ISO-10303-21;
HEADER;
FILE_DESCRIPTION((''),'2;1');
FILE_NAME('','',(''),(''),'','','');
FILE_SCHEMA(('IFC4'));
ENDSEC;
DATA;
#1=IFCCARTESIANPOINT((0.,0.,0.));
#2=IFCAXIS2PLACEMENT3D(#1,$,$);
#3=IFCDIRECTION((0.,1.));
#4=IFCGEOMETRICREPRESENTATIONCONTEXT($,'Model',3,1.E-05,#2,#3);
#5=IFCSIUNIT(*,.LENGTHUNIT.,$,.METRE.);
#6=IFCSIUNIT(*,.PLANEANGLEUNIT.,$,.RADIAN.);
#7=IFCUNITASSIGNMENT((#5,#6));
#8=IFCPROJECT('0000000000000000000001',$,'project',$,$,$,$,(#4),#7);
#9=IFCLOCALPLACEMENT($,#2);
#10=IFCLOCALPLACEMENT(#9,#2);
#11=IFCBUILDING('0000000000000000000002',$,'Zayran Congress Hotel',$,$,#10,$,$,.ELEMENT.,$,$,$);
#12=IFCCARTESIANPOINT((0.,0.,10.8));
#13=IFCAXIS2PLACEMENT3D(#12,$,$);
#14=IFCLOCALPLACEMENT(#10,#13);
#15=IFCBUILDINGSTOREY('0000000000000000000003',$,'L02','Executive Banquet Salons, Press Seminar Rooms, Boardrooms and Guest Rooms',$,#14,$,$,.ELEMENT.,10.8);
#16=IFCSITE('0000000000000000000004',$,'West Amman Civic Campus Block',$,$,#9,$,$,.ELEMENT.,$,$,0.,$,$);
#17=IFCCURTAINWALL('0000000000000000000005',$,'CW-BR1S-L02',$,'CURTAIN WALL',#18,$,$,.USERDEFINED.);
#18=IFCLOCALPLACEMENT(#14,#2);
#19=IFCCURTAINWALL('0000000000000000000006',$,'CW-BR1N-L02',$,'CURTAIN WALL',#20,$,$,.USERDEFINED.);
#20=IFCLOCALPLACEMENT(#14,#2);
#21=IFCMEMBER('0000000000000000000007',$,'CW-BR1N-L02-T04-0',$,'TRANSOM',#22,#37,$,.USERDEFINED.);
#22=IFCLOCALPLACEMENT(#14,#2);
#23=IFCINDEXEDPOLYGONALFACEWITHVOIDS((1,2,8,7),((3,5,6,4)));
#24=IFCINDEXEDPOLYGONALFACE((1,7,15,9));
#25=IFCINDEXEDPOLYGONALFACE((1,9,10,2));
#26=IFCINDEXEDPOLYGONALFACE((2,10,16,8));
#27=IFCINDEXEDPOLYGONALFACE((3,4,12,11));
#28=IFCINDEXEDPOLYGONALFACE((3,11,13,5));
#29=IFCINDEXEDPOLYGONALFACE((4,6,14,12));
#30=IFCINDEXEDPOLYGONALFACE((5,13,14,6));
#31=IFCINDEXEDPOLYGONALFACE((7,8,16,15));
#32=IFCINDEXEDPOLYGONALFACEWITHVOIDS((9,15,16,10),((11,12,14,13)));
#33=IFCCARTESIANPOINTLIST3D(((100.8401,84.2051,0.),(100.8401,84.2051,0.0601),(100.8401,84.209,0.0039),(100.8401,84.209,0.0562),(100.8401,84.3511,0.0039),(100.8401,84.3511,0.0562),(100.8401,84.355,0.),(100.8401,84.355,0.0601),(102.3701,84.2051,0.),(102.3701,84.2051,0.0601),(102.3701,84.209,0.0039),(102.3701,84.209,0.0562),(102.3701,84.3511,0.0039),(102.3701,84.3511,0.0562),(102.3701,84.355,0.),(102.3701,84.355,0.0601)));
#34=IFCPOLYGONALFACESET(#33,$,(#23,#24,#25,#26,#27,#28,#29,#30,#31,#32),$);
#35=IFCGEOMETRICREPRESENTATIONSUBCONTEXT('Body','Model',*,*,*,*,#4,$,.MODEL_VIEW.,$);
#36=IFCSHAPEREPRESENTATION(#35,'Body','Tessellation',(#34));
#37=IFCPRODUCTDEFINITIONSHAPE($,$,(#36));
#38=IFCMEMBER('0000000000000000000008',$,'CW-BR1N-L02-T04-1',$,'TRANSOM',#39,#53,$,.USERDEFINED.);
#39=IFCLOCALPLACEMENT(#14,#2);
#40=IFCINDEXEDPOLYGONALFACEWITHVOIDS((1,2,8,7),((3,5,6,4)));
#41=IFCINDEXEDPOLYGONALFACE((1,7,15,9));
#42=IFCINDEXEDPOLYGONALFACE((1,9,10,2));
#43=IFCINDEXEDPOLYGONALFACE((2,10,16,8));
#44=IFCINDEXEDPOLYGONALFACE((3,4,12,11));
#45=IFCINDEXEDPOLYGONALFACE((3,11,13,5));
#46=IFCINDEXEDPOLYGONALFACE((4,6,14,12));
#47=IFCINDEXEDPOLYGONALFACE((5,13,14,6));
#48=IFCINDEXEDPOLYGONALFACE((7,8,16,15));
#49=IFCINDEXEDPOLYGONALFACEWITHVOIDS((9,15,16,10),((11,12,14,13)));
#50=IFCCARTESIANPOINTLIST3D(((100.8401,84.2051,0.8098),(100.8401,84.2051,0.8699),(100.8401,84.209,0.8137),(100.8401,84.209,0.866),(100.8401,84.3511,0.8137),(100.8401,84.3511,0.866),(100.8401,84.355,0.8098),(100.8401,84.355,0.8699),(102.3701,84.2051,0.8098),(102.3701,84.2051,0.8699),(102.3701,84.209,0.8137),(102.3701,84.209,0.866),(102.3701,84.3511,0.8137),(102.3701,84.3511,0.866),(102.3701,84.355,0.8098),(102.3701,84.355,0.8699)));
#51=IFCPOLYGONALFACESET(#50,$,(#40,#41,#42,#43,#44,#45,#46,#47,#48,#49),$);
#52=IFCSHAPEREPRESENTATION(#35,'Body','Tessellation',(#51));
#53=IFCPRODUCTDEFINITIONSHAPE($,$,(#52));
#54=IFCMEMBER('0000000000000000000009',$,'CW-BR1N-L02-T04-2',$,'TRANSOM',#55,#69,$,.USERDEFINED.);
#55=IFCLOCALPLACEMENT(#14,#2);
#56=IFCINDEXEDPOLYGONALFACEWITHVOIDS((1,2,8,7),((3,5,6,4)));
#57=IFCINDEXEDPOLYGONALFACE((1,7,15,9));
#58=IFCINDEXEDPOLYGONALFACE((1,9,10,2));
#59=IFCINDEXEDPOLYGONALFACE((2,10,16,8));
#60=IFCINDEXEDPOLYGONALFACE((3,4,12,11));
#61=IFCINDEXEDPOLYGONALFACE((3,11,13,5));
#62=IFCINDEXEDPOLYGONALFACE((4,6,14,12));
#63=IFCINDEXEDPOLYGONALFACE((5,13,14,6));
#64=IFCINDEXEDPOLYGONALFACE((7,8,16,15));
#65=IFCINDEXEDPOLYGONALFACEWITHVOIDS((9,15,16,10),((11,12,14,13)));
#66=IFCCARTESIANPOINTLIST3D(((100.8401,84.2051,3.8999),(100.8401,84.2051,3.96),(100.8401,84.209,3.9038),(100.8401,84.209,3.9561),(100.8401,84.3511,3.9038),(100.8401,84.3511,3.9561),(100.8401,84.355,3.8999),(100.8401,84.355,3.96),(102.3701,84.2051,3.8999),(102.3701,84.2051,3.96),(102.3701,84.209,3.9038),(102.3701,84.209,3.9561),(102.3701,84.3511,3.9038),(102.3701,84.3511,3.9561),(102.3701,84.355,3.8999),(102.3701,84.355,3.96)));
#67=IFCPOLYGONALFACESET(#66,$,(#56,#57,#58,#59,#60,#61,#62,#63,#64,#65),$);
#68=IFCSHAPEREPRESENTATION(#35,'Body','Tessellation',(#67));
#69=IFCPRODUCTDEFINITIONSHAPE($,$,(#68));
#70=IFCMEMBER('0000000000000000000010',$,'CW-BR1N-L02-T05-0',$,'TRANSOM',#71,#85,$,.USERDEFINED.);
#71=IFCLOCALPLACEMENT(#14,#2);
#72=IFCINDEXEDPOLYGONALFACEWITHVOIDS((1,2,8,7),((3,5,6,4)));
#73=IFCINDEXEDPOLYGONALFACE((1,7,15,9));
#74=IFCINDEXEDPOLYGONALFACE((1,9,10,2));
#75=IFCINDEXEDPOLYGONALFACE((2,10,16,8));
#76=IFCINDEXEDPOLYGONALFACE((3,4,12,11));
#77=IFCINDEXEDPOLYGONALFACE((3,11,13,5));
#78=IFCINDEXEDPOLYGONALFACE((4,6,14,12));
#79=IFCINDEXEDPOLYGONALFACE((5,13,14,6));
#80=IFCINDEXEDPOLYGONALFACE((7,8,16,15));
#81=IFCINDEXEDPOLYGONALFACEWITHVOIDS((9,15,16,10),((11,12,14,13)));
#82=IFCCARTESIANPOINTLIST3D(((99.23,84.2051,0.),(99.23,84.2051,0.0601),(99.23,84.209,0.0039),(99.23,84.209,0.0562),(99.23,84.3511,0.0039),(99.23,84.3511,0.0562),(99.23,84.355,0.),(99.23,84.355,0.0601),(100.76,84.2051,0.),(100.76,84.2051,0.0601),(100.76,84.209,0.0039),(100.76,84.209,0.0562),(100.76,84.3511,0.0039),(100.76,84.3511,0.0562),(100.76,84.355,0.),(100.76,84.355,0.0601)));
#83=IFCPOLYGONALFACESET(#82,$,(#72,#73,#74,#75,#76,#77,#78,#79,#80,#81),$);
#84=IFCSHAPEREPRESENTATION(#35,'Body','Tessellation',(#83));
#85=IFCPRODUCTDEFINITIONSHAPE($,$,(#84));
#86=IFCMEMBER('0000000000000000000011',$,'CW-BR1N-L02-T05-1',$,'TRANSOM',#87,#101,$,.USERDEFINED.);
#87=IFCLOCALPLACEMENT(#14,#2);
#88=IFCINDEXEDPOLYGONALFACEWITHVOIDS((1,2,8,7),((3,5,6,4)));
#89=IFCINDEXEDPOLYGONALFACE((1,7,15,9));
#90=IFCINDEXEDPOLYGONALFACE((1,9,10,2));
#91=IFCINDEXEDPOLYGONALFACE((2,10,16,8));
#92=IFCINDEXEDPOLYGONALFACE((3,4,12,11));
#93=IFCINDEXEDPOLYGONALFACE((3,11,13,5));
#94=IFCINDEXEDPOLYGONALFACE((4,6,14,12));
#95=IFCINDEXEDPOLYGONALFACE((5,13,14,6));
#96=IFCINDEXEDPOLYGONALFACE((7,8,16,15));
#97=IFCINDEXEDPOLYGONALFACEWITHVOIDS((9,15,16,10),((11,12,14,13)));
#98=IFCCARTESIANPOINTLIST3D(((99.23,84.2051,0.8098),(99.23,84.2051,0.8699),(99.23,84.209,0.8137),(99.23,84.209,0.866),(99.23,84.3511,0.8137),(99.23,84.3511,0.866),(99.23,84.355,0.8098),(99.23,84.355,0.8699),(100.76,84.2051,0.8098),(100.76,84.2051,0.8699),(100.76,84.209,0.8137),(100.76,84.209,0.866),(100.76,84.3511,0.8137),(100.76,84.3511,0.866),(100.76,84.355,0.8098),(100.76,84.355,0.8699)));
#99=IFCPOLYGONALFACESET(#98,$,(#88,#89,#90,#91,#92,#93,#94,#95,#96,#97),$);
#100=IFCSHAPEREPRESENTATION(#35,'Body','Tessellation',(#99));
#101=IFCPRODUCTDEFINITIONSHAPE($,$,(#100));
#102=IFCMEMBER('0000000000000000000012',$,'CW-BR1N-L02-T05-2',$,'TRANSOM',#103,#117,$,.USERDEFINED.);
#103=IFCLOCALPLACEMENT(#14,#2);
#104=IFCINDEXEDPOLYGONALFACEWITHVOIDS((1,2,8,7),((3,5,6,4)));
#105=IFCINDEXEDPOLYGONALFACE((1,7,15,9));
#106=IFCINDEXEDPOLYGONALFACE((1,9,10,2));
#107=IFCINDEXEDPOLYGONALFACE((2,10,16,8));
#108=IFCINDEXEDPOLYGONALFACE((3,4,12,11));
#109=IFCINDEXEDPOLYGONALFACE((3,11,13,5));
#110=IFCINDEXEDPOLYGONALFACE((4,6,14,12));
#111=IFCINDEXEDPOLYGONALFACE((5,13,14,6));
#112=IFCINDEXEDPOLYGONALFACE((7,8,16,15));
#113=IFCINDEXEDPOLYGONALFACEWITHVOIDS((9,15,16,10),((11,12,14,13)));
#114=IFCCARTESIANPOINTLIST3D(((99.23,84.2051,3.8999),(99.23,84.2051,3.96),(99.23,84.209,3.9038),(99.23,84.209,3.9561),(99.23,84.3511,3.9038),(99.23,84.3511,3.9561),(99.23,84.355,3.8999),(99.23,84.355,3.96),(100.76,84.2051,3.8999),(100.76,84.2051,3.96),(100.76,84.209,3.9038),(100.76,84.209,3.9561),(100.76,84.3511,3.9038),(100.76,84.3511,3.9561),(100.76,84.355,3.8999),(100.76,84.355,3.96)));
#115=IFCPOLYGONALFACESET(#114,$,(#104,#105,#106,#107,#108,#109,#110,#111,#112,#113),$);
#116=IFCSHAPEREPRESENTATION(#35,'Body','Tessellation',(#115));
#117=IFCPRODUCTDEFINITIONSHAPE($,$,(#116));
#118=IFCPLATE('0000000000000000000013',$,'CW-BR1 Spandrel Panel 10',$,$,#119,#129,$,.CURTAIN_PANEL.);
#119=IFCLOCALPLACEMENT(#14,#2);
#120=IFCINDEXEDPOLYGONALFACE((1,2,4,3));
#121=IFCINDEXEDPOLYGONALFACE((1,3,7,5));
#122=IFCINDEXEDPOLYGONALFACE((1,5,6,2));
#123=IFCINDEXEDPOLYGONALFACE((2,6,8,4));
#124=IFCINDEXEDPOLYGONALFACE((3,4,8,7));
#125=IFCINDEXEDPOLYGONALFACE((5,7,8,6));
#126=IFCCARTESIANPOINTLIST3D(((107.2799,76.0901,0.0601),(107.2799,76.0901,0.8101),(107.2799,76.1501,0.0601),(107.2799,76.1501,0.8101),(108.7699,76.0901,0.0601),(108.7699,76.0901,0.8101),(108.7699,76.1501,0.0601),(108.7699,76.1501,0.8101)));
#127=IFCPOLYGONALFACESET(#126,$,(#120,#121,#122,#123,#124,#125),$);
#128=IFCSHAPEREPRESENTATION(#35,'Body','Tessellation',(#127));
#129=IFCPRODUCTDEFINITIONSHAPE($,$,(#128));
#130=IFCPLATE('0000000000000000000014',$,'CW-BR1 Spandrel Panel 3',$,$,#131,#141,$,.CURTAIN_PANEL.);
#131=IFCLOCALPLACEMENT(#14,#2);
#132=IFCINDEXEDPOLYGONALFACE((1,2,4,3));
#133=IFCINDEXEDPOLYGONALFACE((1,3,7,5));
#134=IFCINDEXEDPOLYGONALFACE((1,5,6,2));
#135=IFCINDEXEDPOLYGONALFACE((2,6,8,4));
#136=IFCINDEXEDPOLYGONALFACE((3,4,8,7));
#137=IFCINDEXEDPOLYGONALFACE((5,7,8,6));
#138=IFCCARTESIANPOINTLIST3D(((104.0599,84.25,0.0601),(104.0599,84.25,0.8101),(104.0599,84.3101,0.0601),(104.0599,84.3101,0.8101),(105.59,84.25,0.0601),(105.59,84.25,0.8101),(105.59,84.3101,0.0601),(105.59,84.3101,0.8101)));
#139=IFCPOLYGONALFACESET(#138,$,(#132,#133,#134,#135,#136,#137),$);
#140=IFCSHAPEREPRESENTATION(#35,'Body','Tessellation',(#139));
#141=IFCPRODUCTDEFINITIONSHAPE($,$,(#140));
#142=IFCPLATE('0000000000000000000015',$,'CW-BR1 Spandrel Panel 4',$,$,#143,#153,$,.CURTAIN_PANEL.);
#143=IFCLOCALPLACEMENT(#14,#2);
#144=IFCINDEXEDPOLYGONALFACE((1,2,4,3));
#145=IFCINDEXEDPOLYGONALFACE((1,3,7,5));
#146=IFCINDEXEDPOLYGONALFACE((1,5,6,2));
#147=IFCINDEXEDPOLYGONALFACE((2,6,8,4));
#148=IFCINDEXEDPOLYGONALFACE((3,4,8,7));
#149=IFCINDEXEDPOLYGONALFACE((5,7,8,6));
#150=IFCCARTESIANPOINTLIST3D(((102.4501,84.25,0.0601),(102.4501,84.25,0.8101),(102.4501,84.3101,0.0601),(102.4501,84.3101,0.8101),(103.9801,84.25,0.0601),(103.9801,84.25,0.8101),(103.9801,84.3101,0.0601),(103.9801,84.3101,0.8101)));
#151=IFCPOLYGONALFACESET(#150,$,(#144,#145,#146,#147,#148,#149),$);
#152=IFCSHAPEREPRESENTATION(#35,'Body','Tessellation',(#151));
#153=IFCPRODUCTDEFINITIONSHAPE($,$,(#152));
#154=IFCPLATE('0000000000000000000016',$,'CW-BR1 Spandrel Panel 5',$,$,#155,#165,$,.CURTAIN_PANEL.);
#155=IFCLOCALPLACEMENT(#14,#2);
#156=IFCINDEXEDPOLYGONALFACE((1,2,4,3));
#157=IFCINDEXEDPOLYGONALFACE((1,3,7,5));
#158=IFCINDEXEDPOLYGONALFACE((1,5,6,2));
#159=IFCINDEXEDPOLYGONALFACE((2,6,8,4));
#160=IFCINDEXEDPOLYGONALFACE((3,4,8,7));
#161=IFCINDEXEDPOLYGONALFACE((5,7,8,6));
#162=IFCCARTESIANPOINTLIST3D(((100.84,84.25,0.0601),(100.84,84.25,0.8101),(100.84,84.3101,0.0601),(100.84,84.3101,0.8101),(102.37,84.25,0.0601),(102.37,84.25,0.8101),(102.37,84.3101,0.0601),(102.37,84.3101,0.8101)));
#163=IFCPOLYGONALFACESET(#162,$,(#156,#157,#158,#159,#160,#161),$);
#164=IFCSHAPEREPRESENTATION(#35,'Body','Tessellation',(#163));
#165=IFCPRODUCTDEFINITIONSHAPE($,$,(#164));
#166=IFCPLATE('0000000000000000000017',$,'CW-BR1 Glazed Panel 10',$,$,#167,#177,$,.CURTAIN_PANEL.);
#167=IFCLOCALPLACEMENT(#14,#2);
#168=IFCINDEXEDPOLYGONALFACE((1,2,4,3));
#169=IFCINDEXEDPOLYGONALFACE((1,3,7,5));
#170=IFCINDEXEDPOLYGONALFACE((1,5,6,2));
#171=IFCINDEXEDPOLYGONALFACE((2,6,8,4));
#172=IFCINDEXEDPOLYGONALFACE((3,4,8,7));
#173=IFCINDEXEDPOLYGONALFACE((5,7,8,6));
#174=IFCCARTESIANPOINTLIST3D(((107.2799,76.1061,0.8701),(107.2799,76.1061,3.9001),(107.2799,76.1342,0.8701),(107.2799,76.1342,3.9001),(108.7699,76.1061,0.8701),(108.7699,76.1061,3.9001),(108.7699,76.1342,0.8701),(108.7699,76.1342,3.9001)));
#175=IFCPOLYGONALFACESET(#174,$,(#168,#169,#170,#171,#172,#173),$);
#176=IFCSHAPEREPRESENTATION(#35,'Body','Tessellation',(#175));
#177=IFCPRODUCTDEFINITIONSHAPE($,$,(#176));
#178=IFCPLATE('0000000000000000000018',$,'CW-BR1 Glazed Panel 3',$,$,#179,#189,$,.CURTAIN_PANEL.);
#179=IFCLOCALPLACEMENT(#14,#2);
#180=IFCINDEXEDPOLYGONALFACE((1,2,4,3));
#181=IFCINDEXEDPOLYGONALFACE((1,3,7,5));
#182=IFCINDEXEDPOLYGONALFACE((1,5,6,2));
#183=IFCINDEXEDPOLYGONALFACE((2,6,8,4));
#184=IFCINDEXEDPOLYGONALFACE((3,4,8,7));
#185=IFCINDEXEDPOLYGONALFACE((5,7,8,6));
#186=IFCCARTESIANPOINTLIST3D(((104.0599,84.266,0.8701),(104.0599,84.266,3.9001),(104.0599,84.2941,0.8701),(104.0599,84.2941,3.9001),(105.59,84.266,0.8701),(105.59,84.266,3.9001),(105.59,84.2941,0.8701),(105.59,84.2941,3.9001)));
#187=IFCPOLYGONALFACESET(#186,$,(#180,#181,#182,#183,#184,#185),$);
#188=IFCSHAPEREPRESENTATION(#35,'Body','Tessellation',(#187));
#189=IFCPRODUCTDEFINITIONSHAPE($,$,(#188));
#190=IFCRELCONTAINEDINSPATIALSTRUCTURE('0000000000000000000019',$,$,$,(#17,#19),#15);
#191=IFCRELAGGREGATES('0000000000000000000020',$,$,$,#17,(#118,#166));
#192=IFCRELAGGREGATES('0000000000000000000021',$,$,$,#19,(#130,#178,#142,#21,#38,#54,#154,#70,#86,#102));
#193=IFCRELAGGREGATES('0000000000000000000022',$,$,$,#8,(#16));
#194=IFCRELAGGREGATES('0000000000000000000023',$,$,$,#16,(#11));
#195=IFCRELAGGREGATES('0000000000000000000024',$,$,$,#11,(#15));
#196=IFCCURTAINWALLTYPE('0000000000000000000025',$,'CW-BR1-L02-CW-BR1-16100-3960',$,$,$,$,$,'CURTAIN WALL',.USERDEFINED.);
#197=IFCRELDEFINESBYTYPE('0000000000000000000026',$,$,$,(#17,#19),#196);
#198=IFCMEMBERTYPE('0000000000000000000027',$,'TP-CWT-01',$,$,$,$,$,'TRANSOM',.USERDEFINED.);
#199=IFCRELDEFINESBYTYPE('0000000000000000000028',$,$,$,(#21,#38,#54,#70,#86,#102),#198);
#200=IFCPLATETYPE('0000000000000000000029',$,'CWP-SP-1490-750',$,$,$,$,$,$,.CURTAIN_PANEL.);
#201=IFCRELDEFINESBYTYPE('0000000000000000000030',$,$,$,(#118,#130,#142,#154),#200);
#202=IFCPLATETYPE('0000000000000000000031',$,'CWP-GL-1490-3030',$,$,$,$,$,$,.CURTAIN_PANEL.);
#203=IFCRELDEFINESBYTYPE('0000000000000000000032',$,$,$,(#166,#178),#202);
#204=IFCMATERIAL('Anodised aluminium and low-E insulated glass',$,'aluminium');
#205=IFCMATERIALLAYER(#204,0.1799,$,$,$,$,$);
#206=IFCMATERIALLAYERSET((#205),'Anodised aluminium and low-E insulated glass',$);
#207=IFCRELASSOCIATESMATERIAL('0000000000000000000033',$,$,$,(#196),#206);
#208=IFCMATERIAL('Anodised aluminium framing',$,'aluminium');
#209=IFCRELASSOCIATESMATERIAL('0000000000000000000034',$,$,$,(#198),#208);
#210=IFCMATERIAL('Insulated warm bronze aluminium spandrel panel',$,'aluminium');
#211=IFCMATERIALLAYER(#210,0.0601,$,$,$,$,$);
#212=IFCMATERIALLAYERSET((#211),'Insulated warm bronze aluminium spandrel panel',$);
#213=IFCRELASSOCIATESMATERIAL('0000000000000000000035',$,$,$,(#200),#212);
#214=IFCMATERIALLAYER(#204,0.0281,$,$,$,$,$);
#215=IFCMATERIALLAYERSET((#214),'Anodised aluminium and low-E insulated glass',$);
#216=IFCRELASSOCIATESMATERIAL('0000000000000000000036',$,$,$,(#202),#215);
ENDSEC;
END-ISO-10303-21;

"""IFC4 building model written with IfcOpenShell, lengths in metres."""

from ifc_helpers import new_model, si_unit, direction, frame, origin, origin_2d, place, context, subcontext, project, spatial, rectangle, hollow_rectangle, extrude, material, layer, layer_set, material_profile, profile_set, type_object, element, aggregate, save


model = new_model("IFC4")

# Units and contexts
model_context = context("Model", 3, precision=1e-05, world=origin(), true_north=direction((0.0, 1.0)))
body_context = subcontext(model_context, "Body", "Model", "MODEL_VIEW")
ifc_project = project(units=[si_unit("LENGTHUNIT", "METRE"), si_unit("PLANEANGLEUNIT", "RADIAN")], contexts=[model_context])

# Site, building, storey
site_placement = place(None, origin())
site = spatial("IfcSite", under=ifc_project, at=site_placement, Name="West Amman Civic Campus Block", CompositionType="ELEMENT", RefElevation=0.0)
building_placement = place(site_placement, origin())
building = spatial("IfcBuilding", under=site, at=building_placement, Name="Zayran Congress Hotel", CompositionType="ELEMENT")
storey_placement = place(building_placement, frame((0.0, 0.0, 10.8)))
storey = spatial("IfcBuildingStorey", under=building, at=storey_placement, Name="L02", Description="Executive Banquet Salons, Press Seminar Rooms, Boardrooms and Guest Rooms", CompositionType="ELEMENT", Elevation=10.8)

# Curtain wall
ifc_material_1 = material(Name="Anodised aluminium and low-E insulated glass", Category="aluminium")
ifc_layer_1 = layer(ifc_material_1, 0.1799)
ifc_layer_set_1 = layer_set([ifc_layer_1], Name="Anodised aluminium and low-E insulated glass")
curtain_wall_type = type_object("IfcCurtainWallType", Name="CW-BR1-L02-CW-BR1-16100-3960", ElementType="CURTAIN WALL", PredefinedType="USERDEFINED", material=ifc_layer_set_1)
curtain_wall_1_placement = place(storey_placement, origin())
curtain_wall_1 = element("IfcCurtainWall", 1, at=curtain_wall_1_placement, inside=storey, type_object=curtain_wall_type, Name="CW-BR1S-L02", ObjectType="CURTAIN WALL", PredefinedType="USERDEFINED")
ifc_material_2 = material(Name="Anodised aluminium framing", Category="aluminium")

# Curtain wall
curtain_wall_2_placement = place(storey_placement, origin())
curtain_wall_2 = element("IfcCurtainWall", 2, at=curtain_wall_2_placement, inside=storey, type_object=curtain_wall_type, Name="CW-BR1N-L02", ObjectType="CURTAIN WALL", PredefinedType="USERDEFINED")

# Members
ifc_material_profile_1 = material_profile(ifc_material_2, hollow_rectangle(XDim=0.0601, YDim=0.1499, WallThickness=0.0039, at=origin_2d()), Name="RHS 150x60x4")
ifc_profile_set_1 = profile_set([ifc_material_profile_1], Name="Anodised aluminium framing")
member_type_1 = type_object("IfcMemberType", Name="TP-CWT-01", ElementType="TRANSOM", PredefinedType="USERDEFINED", material=ifc_profile_set_1)
member_1_placement = place(storey_placement, frame((102.3701, 84.28, 0.03), z_axis=(-1.0, 0.0, 0.0), x_axis=(0.0, 0.0, 1.0)))
member_1 = element("IfcMember", 3, at=member_1_placement, type_object=member_type_1, Name="CW-BR1N-L02-T04-0", ObjectType="TRANSOM", PredefinedType="USERDEFINED", context=body_context, shape_type="SweptSolid", body=[
    extrude(hollow_rectangle(XDim=0.0601, YDim=0.1499, WallThickness=0.0039, at=origin_2d()), origin(), (0.0, 0.0, 1.0), 1.53),
])
member_2_placement = place(storey_placement, frame((102.3701, 84.28, 0.8398), z_axis=(-1.0, 0.0, 0.0), x_axis=(0.0, 0.0, 1.0)))
member_2 = element("IfcMember", 4, at=member_2_placement, type_object=member_type_1, Name="CW-BR1N-L02-T04-1", ObjectType="TRANSOM", PredefinedType="USERDEFINED", context=body_context, shape_type="SweptSolid", body=[
    extrude(hollow_rectangle(XDim=0.0601, YDim=0.1499, WallThickness=0.0039, at=origin_2d()), origin(), (0.0, 0.0, 1.0), 1.53),
])
member_3_placement = place(storey_placement, frame((102.3701, 84.28, 3.9299), z_axis=(-1.0, 0.0, 0.0), x_axis=(0.0, 0.0, 1.0)))
member_3 = element("IfcMember", 5, at=member_3_placement, type_object=member_type_1, Name="CW-BR1N-L02-T04-2", ObjectType="TRANSOM", PredefinedType="USERDEFINED", context=body_context, shape_type="SweptSolid", body=[
    extrude(hollow_rectangle(XDim=0.0601, YDim=0.1499, WallThickness=0.0039, at=origin_2d()), origin(), (0.0, 0.0, 1.0), 1.53),
])
member_4_placement = place(storey_placement, frame((100.76, 84.28, 0.03), z_axis=(-1.0, 0.0, 0.0), x_axis=(0.0, 0.0, 1.0)))
member_4 = element("IfcMember", 6, at=member_4_placement, type_object=member_type_1, Name="CW-BR1N-L02-T05-0", ObjectType="TRANSOM", PredefinedType="USERDEFINED", context=body_context, shape_type="SweptSolid", body=[
    extrude(hollow_rectangle(XDim=0.0601, YDim=0.1499, WallThickness=0.0039, at=origin_2d()), origin(), (0.0, 0.0, 1.0), 1.53),
])
member_5_placement = place(storey_placement, frame((100.76, 84.28, 0.8398), z_axis=(-1.0, 0.0, 0.0), x_axis=(0.0, 0.0, 1.0)))
member_5 = element("IfcMember", 7, at=member_5_placement, type_object=member_type_1, Name="CW-BR1N-L02-T05-1", ObjectType="TRANSOM", PredefinedType="USERDEFINED", context=body_context, shape_type="SweptSolid", body=[
    extrude(hollow_rectangle(XDim=0.0601, YDim=0.1499, WallThickness=0.0039, at=origin_2d()), origin(), (0.0, 0.0, 1.0), 1.53),
])
member_6_placement = place(storey_placement, frame((100.76, 84.28, 3.9299), z_axis=(-1.0, 0.0, 0.0), x_axis=(0.0, 0.0, 1.0)))
member_6 = element("IfcMember", 8, at=member_6_placement, type_object=member_type_1, Name="CW-BR1N-L02-T05-2", ObjectType="TRANSOM", PredefinedType="USERDEFINED", context=body_context, shape_type="SweptSolid", body=[
    extrude(hollow_rectangle(XDim=0.0601, YDim=0.1499, WallThickness=0.0039, at=origin_2d()), origin(), (0.0, 0.0, 1.0), 1.53),
])

# Plates
ifc_material_3 = material(Name="Insulated warm bronze aluminium spandrel panel", Category="aluminium")
ifc_layer_2 = layer(ifc_material_3, 0.0601)
ifc_layer_set_2 = layer_set([ifc_layer_2], Name="Insulated warm bronze aluminium spandrel panel")
plate_type_1 = type_object("IfcPlateType", Name="CWP-SP-1490-750", PredefinedType="CURTAIN_PANEL", material=ifc_layer_set_2)
plate_1_placement = place(storey_placement, frame((108.0249, 76.1201, 0.0601), z_axis=(0.0, 0.0, 1.0), x_axis=(1.0, 0.0, 0.0)))
plate_1 = element("IfcPlate", 9, at=plate_1_placement, type_object=plate_type_1, Name="CW-BR1 Spandrel Panel 10", PredefinedType="CURTAIN_PANEL", context=body_context, shape_type="SweptSolid", body=[
    extrude(rectangle(XDim=1.49, YDim=0.0601, at=origin_2d()), origin(), (0.0, 0.0, 1.0), 0.75),
])
plate_2_placement = place(storey_placement, frame((104.825, 84.28, 0.0601), z_axis=(0.0, 0.0, 1.0), x_axis=(1.0, 0.0, 0.0)))
plate_2 = element("IfcPlate", 10, at=plate_2_placement, type_object=plate_type_1, Name="CW-BR1 Spandrel Panel 3", PredefinedType="CURTAIN_PANEL", context=body_context, shape_type="SweptSolid", body=[
    extrude(rectangle(XDim=1.53, YDim=0.0601, at=origin_2d()), origin(), (0.0, 0.0, 1.0), 0.75),
])
plate_3_placement = place(storey_placement, frame((103.2151, 84.28, 0.0601), z_axis=(0.0, 0.0, 1.0), x_axis=(1.0, 0.0, 0.0)))
plate_3 = element("IfcPlate", 11, at=plate_3_placement, type_object=plate_type_1, Name="CW-BR1 Spandrel Panel 4", PredefinedType="CURTAIN_PANEL", context=body_context, shape_type="SweptSolid", body=[
    extrude(rectangle(XDim=1.53, YDim=0.0601, at=origin_2d()), origin(), (0.0, 0.0, 1.0), 0.75),
])
plate_4_placement = place(storey_placement, frame((101.605, 84.28, 0.0601), z_axis=(0.0, 0.0, 1.0), x_axis=(1.0, 0.0, 0.0)))
plate_4 = element("IfcPlate", 12, at=plate_4_placement, type_object=plate_type_1, Name="CW-BR1 Spandrel Panel 5", PredefinedType="CURTAIN_PANEL", context=body_context, shape_type="SweptSolid", body=[
    extrude(rectangle(XDim=1.53, YDim=0.0601, at=origin_2d()), origin(), (0.0, 0.0, 1.0), 0.75),
])
ifc_layer_3 = layer(ifc_material_1, 0.0281)
ifc_layer_set_3 = layer_set([ifc_layer_3], Name="Anodised aluminium and low-E insulated glass")
plate_type_2 = type_object("IfcPlateType", Name="CWP-GL-1490-3030", PredefinedType="CURTAIN_PANEL", material=ifc_layer_set_3)
plate_5_placement = place(storey_placement, frame((108.0249, 76.1201, 0.8701), z_axis=(0.0, 0.0, 1.0), x_axis=(1.0, 0.0, 0.0)))
plate_5 = element("IfcPlate", 13, at=plate_5_placement, type_object=plate_type_2, Name="CW-BR1 Glazed Panel 10", PredefinedType="CURTAIN_PANEL", context=body_context, shape_type="SweptSolid", body=[
    extrude(rectangle(XDim=1.49, YDim=0.0281, at=origin_2d()), origin(), (0.0, 0.0, 1.0), 3.03),
])
aggregate(curtain_wall_1, [plate_1, plate_5])
plate_6_placement = place(storey_placement, frame((104.825, 84.28, 0.8701), z_axis=(0.0, 0.0, 1.0), x_axis=(1.0, 0.0, 0.0)))
plate_6 = element("IfcPlate", 14, at=plate_6_placement, type_object=plate_type_2, Name="CW-BR1 Glazed Panel 3", PredefinedType="CURTAIN_PANEL", context=body_context, shape_type="SweptSolid", body=[
    extrude(rectangle(XDim=1.53, YDim=0.0281, at=origin_2d()), origin(), (0.0, 0.0, 1.0), 3.03),
])
aggregate(curtain_wall_2, [plate_2, plate_6, plate_3, member_1, member_2, member_3, plate_4, member_4, member_5, member_6])

save(model, "model.ifc")
